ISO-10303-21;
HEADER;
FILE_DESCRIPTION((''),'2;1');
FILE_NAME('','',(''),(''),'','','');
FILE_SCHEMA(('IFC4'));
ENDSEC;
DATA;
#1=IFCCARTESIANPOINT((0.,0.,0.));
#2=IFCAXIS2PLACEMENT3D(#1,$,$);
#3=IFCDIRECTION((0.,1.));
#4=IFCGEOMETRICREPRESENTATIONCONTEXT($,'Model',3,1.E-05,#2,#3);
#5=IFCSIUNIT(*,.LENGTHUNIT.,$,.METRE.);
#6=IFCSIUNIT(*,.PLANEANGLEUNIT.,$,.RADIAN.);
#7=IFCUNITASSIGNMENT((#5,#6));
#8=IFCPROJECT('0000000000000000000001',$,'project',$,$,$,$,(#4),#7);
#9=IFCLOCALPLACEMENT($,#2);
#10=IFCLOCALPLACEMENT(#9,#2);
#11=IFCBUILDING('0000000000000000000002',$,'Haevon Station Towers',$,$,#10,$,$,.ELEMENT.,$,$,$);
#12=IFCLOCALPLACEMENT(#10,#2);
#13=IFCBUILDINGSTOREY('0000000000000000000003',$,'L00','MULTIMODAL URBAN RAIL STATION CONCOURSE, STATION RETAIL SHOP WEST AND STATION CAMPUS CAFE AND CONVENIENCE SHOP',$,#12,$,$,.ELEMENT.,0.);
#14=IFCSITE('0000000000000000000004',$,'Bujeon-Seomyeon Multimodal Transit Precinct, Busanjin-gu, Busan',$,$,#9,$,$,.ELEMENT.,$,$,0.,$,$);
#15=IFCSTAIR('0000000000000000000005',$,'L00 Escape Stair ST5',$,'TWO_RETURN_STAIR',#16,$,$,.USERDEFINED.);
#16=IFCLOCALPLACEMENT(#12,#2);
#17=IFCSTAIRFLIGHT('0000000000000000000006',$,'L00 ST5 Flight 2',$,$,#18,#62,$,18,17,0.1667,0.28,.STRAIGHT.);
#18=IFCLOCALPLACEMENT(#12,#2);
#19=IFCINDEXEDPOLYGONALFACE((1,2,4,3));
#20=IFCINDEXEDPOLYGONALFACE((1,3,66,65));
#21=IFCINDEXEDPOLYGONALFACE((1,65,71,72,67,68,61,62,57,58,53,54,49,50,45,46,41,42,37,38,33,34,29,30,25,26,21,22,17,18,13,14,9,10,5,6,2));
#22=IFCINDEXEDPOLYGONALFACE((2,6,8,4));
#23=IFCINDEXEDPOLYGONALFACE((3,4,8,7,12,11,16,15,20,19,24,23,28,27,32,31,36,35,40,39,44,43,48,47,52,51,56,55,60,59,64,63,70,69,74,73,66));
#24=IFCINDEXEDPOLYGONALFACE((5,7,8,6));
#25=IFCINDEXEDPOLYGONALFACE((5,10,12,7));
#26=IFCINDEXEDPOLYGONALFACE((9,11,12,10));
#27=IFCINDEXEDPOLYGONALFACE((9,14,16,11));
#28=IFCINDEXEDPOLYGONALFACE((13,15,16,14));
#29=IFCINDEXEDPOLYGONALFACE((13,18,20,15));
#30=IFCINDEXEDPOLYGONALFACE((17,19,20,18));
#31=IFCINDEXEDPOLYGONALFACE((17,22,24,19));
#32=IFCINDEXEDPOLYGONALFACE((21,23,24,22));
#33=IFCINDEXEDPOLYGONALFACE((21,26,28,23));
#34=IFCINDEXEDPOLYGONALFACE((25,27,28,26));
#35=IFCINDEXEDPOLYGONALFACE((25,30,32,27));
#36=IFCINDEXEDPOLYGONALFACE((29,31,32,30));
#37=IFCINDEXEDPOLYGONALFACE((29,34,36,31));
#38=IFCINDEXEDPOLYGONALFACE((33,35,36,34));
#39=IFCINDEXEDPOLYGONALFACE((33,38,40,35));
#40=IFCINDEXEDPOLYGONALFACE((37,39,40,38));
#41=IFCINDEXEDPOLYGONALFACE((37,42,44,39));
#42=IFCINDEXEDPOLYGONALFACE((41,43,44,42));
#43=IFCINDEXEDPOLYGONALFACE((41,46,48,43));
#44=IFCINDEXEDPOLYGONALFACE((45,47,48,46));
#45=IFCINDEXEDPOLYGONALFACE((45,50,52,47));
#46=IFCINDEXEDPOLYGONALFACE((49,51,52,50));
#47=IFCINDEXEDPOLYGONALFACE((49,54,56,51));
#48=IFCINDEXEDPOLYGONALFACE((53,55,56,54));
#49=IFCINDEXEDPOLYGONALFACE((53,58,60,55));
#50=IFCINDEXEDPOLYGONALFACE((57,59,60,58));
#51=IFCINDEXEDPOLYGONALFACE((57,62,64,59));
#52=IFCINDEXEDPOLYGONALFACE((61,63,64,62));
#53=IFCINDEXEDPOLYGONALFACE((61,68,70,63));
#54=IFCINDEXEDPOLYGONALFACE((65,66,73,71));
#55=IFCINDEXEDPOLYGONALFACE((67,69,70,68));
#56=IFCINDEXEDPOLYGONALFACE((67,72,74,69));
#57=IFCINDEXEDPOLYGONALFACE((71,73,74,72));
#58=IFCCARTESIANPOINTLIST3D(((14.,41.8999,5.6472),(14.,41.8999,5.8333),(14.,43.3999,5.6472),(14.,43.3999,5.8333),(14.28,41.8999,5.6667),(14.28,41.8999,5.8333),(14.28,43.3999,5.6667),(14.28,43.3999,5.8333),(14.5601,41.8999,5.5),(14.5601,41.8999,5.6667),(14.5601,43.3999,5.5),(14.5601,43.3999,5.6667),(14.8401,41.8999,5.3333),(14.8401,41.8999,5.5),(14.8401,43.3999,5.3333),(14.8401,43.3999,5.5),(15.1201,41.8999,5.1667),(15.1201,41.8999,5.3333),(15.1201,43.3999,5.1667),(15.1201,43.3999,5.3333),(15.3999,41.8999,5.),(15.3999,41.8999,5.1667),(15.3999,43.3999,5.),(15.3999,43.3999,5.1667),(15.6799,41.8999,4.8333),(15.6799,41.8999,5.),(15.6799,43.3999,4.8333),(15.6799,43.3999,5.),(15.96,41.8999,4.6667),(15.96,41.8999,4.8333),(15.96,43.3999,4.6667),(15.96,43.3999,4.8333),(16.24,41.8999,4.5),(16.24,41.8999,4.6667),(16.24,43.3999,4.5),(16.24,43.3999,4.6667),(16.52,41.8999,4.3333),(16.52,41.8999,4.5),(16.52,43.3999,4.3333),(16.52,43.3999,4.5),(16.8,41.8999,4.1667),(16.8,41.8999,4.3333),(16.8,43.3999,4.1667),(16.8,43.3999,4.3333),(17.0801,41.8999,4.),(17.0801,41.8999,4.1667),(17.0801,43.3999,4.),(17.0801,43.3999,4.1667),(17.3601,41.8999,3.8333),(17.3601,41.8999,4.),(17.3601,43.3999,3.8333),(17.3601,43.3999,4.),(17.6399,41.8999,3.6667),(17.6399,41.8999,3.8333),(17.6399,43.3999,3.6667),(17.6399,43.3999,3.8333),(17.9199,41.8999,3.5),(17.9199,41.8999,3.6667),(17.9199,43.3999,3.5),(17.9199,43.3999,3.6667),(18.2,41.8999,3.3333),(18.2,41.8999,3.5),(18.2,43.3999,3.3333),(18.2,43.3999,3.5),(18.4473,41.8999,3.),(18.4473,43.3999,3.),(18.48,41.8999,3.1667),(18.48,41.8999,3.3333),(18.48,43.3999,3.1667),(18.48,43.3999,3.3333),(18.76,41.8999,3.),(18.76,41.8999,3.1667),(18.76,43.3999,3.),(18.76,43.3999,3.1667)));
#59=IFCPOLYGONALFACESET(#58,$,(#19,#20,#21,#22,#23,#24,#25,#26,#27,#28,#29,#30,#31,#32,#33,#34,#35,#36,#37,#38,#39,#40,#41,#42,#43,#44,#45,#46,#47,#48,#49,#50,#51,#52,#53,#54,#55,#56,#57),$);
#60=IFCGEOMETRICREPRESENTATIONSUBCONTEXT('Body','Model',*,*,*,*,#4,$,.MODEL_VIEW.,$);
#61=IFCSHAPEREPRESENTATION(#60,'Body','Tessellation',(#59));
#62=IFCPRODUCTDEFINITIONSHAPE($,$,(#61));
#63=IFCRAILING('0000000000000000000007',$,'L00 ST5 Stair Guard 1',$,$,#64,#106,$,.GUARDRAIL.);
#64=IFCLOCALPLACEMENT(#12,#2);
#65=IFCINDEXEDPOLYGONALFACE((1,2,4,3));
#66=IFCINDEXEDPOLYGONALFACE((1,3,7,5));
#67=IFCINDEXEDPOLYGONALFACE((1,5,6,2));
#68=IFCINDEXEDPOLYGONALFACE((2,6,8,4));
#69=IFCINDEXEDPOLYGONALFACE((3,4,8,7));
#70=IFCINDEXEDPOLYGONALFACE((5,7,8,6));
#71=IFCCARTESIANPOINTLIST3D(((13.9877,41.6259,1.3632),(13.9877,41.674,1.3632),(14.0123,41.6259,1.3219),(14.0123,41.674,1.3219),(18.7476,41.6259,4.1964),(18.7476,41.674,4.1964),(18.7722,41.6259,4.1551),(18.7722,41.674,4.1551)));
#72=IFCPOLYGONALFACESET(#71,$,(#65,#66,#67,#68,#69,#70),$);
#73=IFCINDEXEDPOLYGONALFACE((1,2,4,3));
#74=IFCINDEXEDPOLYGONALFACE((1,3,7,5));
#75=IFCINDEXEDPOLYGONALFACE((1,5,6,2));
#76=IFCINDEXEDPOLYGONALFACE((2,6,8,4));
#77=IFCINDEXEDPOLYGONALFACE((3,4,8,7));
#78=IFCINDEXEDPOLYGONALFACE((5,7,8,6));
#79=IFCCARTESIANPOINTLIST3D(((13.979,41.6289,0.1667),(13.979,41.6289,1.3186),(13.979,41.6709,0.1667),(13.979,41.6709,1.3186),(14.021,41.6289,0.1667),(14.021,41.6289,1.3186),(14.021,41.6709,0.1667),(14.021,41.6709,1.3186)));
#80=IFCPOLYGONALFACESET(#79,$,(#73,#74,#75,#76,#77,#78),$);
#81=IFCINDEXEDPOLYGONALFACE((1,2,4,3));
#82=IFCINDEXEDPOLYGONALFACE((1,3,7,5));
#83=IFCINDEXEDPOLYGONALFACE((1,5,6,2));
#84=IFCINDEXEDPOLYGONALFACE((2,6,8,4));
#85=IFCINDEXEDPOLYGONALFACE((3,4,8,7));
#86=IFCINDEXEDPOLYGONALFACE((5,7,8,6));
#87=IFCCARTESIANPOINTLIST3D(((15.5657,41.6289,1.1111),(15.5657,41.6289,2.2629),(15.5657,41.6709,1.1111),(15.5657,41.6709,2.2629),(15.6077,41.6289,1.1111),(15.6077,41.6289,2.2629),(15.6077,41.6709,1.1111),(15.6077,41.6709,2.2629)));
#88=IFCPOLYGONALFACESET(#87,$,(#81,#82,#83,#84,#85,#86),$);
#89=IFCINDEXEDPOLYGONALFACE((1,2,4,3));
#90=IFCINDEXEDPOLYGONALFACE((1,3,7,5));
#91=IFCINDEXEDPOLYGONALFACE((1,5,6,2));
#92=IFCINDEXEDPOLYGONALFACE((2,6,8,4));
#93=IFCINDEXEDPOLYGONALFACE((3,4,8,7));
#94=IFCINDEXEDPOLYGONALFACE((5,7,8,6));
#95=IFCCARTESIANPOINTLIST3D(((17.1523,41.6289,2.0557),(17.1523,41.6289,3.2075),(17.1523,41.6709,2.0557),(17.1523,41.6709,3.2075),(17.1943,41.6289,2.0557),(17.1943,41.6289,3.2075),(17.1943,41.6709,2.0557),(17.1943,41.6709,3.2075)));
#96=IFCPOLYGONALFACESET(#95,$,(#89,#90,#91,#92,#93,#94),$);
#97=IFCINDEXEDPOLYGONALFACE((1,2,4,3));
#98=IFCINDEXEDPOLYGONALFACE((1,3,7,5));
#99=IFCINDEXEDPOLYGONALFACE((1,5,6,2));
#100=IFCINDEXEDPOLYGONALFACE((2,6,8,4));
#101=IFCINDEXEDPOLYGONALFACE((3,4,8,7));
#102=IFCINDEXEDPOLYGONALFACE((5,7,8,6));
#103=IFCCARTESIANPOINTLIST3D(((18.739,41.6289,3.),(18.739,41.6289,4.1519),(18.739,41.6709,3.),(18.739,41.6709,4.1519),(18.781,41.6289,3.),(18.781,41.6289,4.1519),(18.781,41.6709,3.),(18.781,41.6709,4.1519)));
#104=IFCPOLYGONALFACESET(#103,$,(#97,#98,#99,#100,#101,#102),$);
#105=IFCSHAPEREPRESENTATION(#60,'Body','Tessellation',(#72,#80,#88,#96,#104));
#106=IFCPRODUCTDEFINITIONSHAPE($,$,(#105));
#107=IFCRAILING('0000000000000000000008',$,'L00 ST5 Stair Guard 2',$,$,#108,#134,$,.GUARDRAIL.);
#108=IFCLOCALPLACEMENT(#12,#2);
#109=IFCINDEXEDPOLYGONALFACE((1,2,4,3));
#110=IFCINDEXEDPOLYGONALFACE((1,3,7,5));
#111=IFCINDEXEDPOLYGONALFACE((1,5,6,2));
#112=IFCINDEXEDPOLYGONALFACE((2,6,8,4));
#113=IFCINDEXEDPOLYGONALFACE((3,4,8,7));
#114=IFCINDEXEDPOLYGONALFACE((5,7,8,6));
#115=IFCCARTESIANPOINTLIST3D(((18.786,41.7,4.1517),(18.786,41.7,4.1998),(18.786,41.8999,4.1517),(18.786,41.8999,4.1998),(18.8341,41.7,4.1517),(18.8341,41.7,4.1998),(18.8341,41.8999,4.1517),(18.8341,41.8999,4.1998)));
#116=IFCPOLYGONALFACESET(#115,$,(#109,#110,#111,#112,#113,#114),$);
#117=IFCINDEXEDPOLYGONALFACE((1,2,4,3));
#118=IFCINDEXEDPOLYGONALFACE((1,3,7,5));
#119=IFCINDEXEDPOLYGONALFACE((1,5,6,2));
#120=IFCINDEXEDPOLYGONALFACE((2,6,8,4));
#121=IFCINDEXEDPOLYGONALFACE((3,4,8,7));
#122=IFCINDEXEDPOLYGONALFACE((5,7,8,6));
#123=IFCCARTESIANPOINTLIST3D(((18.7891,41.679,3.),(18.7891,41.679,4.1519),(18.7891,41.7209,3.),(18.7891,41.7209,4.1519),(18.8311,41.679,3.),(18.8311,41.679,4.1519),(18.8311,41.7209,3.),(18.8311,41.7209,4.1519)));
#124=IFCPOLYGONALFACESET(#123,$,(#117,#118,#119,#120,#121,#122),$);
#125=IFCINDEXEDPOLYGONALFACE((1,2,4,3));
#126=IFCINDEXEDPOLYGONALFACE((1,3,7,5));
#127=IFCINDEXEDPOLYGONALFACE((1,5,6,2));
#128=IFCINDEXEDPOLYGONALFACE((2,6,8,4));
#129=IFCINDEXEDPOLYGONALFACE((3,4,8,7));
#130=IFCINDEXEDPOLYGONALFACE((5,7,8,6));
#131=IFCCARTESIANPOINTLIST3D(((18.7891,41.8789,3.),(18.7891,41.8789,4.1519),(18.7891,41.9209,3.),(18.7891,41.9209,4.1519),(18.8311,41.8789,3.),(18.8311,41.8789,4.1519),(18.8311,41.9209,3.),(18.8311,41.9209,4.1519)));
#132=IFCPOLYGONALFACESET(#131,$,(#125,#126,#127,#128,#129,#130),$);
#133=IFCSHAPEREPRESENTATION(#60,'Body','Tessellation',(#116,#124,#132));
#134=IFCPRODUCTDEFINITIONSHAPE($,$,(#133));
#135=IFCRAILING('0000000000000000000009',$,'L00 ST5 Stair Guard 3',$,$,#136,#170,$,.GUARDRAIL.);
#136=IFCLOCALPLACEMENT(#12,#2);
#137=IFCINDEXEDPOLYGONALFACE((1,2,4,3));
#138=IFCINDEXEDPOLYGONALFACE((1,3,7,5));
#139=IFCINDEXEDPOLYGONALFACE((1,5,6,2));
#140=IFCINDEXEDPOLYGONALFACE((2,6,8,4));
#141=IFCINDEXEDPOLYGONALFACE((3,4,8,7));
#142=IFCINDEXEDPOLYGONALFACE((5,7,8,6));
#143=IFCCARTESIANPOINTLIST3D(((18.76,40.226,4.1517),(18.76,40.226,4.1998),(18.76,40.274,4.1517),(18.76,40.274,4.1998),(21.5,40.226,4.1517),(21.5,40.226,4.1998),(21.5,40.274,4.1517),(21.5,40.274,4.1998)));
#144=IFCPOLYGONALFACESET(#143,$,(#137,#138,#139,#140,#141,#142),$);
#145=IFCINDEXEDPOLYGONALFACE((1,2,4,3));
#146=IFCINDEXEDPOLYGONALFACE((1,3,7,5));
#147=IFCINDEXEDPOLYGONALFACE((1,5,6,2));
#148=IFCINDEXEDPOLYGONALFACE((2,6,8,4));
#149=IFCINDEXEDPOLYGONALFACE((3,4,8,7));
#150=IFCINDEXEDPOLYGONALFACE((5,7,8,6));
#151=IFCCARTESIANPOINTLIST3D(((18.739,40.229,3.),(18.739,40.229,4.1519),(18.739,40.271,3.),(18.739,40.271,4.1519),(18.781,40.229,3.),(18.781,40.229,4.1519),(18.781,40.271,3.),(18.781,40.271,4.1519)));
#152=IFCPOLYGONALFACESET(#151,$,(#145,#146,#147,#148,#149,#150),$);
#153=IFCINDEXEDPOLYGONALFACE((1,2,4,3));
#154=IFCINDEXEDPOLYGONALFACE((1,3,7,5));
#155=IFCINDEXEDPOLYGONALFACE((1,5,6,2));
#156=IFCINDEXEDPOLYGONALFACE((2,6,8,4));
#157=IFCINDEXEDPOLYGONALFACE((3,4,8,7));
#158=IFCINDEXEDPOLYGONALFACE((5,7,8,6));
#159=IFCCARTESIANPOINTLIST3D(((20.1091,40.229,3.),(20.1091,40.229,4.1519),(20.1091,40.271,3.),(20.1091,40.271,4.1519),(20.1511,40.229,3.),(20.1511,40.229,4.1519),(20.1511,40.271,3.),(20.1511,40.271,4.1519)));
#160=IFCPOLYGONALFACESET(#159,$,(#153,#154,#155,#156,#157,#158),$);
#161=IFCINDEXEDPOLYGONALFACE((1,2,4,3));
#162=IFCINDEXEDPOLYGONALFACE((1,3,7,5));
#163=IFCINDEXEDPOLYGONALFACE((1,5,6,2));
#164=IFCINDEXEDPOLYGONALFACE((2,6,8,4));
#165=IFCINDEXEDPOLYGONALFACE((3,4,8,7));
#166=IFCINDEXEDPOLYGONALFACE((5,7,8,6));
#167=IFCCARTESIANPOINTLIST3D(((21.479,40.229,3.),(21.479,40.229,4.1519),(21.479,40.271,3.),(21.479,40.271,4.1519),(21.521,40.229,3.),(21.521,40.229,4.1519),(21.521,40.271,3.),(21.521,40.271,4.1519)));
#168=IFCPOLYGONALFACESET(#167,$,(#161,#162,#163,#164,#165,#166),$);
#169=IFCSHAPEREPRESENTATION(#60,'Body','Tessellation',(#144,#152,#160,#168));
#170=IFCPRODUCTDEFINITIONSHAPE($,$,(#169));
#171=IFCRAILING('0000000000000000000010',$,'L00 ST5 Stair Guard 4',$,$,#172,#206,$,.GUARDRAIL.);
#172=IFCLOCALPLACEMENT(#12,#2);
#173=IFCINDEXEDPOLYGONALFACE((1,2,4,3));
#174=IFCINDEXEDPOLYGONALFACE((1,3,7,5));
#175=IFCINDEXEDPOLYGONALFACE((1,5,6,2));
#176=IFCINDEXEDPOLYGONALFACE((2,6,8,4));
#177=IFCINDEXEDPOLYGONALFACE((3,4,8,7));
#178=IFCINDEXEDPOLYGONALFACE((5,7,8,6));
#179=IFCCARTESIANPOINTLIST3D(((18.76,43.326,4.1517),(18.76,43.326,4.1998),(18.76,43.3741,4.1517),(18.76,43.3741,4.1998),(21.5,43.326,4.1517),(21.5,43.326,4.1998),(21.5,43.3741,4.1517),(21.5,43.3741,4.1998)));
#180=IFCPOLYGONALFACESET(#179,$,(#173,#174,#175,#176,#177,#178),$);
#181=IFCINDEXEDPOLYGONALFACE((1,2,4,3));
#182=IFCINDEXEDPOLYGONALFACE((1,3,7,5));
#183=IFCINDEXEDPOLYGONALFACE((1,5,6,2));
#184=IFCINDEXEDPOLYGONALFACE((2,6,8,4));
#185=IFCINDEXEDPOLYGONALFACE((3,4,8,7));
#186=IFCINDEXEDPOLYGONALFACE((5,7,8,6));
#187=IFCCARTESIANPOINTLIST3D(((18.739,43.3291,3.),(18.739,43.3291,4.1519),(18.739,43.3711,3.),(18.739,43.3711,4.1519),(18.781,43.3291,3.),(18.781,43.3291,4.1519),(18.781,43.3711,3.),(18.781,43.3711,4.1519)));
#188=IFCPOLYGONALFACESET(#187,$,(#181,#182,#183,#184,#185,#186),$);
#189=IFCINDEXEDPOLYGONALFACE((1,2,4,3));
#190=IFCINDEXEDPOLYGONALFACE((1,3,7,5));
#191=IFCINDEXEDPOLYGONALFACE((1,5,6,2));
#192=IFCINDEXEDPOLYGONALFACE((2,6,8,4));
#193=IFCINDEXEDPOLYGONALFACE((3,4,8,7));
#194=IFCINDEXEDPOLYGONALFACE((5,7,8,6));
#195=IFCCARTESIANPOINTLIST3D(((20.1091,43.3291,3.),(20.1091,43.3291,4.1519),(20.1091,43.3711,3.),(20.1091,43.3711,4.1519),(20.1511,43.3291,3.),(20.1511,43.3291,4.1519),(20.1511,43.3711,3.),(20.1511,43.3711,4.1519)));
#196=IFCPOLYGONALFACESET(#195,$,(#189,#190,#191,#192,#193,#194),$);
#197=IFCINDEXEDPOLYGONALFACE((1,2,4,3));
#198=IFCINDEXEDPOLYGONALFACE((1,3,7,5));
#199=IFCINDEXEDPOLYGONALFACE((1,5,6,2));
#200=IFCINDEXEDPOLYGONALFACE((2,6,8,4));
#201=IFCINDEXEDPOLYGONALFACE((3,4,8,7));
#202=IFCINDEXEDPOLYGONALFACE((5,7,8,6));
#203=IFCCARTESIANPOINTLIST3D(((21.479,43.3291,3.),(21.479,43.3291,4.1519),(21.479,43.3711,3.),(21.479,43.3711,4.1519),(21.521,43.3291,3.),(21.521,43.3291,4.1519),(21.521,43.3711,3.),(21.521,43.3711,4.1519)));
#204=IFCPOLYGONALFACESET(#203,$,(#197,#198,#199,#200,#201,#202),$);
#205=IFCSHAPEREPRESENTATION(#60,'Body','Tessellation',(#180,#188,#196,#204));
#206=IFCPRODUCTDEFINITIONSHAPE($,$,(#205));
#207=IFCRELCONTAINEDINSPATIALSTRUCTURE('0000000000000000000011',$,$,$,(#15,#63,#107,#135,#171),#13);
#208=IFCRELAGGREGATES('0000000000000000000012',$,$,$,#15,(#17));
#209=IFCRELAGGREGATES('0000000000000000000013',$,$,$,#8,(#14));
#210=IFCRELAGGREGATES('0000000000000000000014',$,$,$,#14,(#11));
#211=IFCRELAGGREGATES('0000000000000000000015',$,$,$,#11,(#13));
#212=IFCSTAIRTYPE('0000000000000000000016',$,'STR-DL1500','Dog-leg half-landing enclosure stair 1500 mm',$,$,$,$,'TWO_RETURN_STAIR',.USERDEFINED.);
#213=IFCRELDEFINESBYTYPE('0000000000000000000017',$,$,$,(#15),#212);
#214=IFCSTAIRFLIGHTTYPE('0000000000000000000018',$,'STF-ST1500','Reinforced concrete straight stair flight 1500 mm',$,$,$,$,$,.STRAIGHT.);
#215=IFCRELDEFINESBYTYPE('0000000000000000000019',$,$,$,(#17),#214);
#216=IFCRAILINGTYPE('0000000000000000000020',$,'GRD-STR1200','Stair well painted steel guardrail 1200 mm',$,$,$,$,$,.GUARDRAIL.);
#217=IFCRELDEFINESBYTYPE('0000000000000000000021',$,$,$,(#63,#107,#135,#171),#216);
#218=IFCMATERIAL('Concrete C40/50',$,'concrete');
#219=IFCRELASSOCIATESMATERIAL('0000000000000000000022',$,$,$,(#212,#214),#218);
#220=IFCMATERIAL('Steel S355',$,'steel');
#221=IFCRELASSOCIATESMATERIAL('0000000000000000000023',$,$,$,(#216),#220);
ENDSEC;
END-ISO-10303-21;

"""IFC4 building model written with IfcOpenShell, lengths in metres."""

from ifc_helpers import new_model, si_unit, direction, frame, origin, origin_2d, place, context, subcontext, project, spatial, polyline, rectangle, outline, extrude, material, type_object, element, aggregate, save


model = new_model("IFC4")

# Units and contexts
model_context = context("Model", 3, precision=1e-05, world=origin(), true_north=direction((0.0, 1.0)))
body_context = subcontext(model_context, "Body", "Model", "MODEL_VIEW")
ifc_project = project(units=[si_unit("LENGTHUNIT", "METRE"), si_unit("PLANEANGLEUNIT", "RADIAN")], contexts=[model_context])

# Site, building, storey
site_placement = place(None, origin())
site = spatial("IfcSite", under=ifc_project, at=site_placement, Name="Bujeon-Seomyeon Multimodal Transit Precinct, Busanjin-gu, Busan", CompositionType="ELEMENT", RefElevation=0.0)
building_placement = place(site_placement, origin())
building = spatial("IfcBuilding", under=site, at=building_placement, Name="Haevon Station Towers", CompositionType="ELEMENT")
storey_placement = place(building_placement, origin())
storey = spatial("IfcBuildingStorey", under=building, at=storey_placement, Name="L00", Description="MULTIMODAL URBAN RAIL STATION CONCOURSE, STATION RETAIL SHOP WEST AND STATION CAMPUS CAFE AND CONVENIENCE SHOP", CompositionType="ELEMENT", Elevation=0.0)

# Shared definitions
ifc_material_1 = material(Name="Steel S355", Category="steel")

# Stair, stair flight
ifc_material_2 = material(Name="Concrete C40/50", Category="concrete")
stair_type = type_object("IfcStairType", Name="STR-DL1500", Description="Dog-leg half-landing enclosure stair 1500 mm", ElementType="TWO_RETURN_STAIR", PredefinedType="USERDEFINED", material=ifc_material_2)
stair_placement = place(storey_placement, origin())
stair = element("IfcStair", 1, at=stair_placement, inside=storey, type_object=stair_type, Name="L00 Escape Stair ST5", ObjectType="TWO_RETURN_STAIR", PredefinedType="USERDEFINED")
stair_flight_type = type_object("IfcStairFlightType", Name="STF-ST1500", Description="Reinforced concrete straight stair flight 1500 mm", PredefinedType="STRAIGHT", material=ifc_material_2)
stair_flight_1_placement = place(storey_placement, frame((18.76, 42.6499, 3.0), z_axis=(0.0, 0.0, 1.0), x_axis=(-1.0, 0.0, 0.0)))
stair_flight_1 = element("IfcStairFlight", 2, at=stair_flight_1_placement, type_object=stair_flight_type, Name="L00 ST5 Flight 2", NumberOfRisers=18, NumberOfTreads=17, PredefinedType="STRAIGHT", RiserHeight=0.1667, TreadLength=0.28, context=body_context, shape_type="SweptSolid", body=[
    extrude(outline(polyline([(0.0, 0.0), (0.0, 0.1667), (0.28, 0.1667), (0.28, 0.3333), (0.5601, 0.3333), (0.5601, 0.5), (0.8401, 0.5), (0.8401, 0.6667), (1.1201, 0.6667), (1.1201, 0.8333), (1.3999, 0.8333), (1.3999, 1.0), (1.6799, 1.0), (1.6799, 1.1667), (1.96, 1.1667), (1.96, 1.3333), (2.24, 1.3333), (2.24, 1.5), (2.52, 1.5), (2.52, 1.6667), (2.8, 1.6667), (2.8, 1.8333), (3.0801, 1.8333), (3.0801, 2.0), (3.3601, 2.0), (3.3601, 2.1667), (3.6399, 2.1667), (3.6399, 2.3333), (3.9199, 2.3333), (3.9199, 2.5), (4.2, 2.5), (4.2, 2.6667), (4.48, 2.6667), (4.48, 2.8333), (4.76, 2.8333), (4.76, 3.0), (4.76, 2.6472), (0.3127, 0.0), (0.0, 0.0)])), frame((0.0, 0.75, 0.0), z_axis=(0.0, -1.0, 0.0), x_axis=(1.0, 0.0, 0.0)), (0.0, 0.0, 1.0), 1.5),
])
aggregate(stair, [stair_flight_1])

# Railings
railing_type_1 = type_object("IfcRailingType", Name="GRD-STR1200", Description="Stair well painted steel guardrail 1200 mm", PredefinedType="GUARDRAIL", material=ifc_material_1)
railing_1_placement = place(storey_placement, frame((14.0, 41.6499, 0.1667)))
element("IfcRailing", 3, at=railing_1_placement, inside=storey, type_object=railing_type_1, Name="L00 ST5 Stair Guard 1", PredefinedType="GUARDRAIL", context=body_context, shape_type="SweptSolid", body=[
    extrude(rectangle(XDim=0.0481, YDim=0.0481, at=origin_2d()), frame((0.0, 0.0, 1.1758), z_axis=(0.8593, 0.0, 0.511472), x_axis=(0.0, 1.0, 0.0)), (0.0, 0.0, 1.0), 5.5393),
    extrude(rectangle(XDim=0.042, YDim=0.042, at=origin_2d()), origin(), (0.0, 0.0, 1.0), 1.1519),
    extrude(rectangle(XDim=0.042, YDim=0.042, at=origin_2d()), frame((1.5867, 0.0, 0.9443)), (0.0, 0.0, 1.0), 1.1519),
    extrude(rectangle(XDim=0.042, YDim=0.042, at=origin_2d()), frame((3.1733, 0.0, 1.8889)), (0.0, 0.0, 1.0), 1.1519),
    extrude(rectangle(XDim=0.042, YDim=0.042, at=origin_2d()), frame((4.76, 0.0, 2.8333)), (0.0, 0.0, 1.0), 1.1519),
])
railing_2_placement = place(storey_placement, frame((18.8101, 41.7, 3.0)))
element("IfcRailing", 4, at=railing_2_placement, inside=storey, type_object=railing_type_1, Name="L00 ST5 Stair Guard 2", PredefinedType="GUARDRAIL", context=body_context, shape_type="SweptSolid", body=[
    extrude(rectangle(XDim=0.0481, YDim=0.0481, at=origin_2d()), frame((0.0, 0.0, 1.1758), z_axis=(0.0, 1.0, 0.0), x_axis=(-1.0, 0.0, 0.0)), (0.0, 0.0, 1.0), 0.2),
    extrude(rectangle(XDim=0.042, YDim=0.042, at=origin_2d()), origin(), (0.0, 0.0, 1.0), 1.1519),
    extrude(rectangle(XDim=0.042, YDim=0.042, at=origin_2d()), frame((0.0, 0.2, 0.0)), (0.0, 0.0, 1.0), 1.1519),
])
for number, where, name in (
    (5, (18.76, 40.25, 3.0), "L00 ST5 Stair Guard 3"),
    (6, (18.76, 43.3501, 3.0), "L00 ST5 Stair Guard 4"),
):
    element("IfcRailing", number, at=place(storey_placement, frame(where)), inside=storey, type_object=railing_type_1, Name=name, PredefinedType="GUARDRAIL", context=body_context, shape_type="SweptSolid", body=[
        extrude(rectangle(XDim=0.0481, YDim=0.0481, at=origin_2d()), frame((0.0, 0.0, 1.1758), z_axis=(1.0, 0.0, 0.0), x_axis=(0.0, 1.0, 0.0)), (0.0, 0.0, 1.0), 2.74),
        extrude(rectangle(XDim=0.042, YDim=0.042, at=origin_2d()), origin(), (0.0, 0.0, 1.0), 1.1519),
        extrude(rectangle(XDim=0.042, YDim=0.042, at=origin_2d()), frame((1.3701, 0.0, 0.0)), (0.0, 0.0, 1.0), 1.1519),
        extrude(rectangle(XDim=0.042, YDim=0.042, at=origin_2d()), frame((2.74, 0.0, 0.0)), (0.0, 0.0, 1.0), 1.1519),
    ])

save(model, "model.ifc")
